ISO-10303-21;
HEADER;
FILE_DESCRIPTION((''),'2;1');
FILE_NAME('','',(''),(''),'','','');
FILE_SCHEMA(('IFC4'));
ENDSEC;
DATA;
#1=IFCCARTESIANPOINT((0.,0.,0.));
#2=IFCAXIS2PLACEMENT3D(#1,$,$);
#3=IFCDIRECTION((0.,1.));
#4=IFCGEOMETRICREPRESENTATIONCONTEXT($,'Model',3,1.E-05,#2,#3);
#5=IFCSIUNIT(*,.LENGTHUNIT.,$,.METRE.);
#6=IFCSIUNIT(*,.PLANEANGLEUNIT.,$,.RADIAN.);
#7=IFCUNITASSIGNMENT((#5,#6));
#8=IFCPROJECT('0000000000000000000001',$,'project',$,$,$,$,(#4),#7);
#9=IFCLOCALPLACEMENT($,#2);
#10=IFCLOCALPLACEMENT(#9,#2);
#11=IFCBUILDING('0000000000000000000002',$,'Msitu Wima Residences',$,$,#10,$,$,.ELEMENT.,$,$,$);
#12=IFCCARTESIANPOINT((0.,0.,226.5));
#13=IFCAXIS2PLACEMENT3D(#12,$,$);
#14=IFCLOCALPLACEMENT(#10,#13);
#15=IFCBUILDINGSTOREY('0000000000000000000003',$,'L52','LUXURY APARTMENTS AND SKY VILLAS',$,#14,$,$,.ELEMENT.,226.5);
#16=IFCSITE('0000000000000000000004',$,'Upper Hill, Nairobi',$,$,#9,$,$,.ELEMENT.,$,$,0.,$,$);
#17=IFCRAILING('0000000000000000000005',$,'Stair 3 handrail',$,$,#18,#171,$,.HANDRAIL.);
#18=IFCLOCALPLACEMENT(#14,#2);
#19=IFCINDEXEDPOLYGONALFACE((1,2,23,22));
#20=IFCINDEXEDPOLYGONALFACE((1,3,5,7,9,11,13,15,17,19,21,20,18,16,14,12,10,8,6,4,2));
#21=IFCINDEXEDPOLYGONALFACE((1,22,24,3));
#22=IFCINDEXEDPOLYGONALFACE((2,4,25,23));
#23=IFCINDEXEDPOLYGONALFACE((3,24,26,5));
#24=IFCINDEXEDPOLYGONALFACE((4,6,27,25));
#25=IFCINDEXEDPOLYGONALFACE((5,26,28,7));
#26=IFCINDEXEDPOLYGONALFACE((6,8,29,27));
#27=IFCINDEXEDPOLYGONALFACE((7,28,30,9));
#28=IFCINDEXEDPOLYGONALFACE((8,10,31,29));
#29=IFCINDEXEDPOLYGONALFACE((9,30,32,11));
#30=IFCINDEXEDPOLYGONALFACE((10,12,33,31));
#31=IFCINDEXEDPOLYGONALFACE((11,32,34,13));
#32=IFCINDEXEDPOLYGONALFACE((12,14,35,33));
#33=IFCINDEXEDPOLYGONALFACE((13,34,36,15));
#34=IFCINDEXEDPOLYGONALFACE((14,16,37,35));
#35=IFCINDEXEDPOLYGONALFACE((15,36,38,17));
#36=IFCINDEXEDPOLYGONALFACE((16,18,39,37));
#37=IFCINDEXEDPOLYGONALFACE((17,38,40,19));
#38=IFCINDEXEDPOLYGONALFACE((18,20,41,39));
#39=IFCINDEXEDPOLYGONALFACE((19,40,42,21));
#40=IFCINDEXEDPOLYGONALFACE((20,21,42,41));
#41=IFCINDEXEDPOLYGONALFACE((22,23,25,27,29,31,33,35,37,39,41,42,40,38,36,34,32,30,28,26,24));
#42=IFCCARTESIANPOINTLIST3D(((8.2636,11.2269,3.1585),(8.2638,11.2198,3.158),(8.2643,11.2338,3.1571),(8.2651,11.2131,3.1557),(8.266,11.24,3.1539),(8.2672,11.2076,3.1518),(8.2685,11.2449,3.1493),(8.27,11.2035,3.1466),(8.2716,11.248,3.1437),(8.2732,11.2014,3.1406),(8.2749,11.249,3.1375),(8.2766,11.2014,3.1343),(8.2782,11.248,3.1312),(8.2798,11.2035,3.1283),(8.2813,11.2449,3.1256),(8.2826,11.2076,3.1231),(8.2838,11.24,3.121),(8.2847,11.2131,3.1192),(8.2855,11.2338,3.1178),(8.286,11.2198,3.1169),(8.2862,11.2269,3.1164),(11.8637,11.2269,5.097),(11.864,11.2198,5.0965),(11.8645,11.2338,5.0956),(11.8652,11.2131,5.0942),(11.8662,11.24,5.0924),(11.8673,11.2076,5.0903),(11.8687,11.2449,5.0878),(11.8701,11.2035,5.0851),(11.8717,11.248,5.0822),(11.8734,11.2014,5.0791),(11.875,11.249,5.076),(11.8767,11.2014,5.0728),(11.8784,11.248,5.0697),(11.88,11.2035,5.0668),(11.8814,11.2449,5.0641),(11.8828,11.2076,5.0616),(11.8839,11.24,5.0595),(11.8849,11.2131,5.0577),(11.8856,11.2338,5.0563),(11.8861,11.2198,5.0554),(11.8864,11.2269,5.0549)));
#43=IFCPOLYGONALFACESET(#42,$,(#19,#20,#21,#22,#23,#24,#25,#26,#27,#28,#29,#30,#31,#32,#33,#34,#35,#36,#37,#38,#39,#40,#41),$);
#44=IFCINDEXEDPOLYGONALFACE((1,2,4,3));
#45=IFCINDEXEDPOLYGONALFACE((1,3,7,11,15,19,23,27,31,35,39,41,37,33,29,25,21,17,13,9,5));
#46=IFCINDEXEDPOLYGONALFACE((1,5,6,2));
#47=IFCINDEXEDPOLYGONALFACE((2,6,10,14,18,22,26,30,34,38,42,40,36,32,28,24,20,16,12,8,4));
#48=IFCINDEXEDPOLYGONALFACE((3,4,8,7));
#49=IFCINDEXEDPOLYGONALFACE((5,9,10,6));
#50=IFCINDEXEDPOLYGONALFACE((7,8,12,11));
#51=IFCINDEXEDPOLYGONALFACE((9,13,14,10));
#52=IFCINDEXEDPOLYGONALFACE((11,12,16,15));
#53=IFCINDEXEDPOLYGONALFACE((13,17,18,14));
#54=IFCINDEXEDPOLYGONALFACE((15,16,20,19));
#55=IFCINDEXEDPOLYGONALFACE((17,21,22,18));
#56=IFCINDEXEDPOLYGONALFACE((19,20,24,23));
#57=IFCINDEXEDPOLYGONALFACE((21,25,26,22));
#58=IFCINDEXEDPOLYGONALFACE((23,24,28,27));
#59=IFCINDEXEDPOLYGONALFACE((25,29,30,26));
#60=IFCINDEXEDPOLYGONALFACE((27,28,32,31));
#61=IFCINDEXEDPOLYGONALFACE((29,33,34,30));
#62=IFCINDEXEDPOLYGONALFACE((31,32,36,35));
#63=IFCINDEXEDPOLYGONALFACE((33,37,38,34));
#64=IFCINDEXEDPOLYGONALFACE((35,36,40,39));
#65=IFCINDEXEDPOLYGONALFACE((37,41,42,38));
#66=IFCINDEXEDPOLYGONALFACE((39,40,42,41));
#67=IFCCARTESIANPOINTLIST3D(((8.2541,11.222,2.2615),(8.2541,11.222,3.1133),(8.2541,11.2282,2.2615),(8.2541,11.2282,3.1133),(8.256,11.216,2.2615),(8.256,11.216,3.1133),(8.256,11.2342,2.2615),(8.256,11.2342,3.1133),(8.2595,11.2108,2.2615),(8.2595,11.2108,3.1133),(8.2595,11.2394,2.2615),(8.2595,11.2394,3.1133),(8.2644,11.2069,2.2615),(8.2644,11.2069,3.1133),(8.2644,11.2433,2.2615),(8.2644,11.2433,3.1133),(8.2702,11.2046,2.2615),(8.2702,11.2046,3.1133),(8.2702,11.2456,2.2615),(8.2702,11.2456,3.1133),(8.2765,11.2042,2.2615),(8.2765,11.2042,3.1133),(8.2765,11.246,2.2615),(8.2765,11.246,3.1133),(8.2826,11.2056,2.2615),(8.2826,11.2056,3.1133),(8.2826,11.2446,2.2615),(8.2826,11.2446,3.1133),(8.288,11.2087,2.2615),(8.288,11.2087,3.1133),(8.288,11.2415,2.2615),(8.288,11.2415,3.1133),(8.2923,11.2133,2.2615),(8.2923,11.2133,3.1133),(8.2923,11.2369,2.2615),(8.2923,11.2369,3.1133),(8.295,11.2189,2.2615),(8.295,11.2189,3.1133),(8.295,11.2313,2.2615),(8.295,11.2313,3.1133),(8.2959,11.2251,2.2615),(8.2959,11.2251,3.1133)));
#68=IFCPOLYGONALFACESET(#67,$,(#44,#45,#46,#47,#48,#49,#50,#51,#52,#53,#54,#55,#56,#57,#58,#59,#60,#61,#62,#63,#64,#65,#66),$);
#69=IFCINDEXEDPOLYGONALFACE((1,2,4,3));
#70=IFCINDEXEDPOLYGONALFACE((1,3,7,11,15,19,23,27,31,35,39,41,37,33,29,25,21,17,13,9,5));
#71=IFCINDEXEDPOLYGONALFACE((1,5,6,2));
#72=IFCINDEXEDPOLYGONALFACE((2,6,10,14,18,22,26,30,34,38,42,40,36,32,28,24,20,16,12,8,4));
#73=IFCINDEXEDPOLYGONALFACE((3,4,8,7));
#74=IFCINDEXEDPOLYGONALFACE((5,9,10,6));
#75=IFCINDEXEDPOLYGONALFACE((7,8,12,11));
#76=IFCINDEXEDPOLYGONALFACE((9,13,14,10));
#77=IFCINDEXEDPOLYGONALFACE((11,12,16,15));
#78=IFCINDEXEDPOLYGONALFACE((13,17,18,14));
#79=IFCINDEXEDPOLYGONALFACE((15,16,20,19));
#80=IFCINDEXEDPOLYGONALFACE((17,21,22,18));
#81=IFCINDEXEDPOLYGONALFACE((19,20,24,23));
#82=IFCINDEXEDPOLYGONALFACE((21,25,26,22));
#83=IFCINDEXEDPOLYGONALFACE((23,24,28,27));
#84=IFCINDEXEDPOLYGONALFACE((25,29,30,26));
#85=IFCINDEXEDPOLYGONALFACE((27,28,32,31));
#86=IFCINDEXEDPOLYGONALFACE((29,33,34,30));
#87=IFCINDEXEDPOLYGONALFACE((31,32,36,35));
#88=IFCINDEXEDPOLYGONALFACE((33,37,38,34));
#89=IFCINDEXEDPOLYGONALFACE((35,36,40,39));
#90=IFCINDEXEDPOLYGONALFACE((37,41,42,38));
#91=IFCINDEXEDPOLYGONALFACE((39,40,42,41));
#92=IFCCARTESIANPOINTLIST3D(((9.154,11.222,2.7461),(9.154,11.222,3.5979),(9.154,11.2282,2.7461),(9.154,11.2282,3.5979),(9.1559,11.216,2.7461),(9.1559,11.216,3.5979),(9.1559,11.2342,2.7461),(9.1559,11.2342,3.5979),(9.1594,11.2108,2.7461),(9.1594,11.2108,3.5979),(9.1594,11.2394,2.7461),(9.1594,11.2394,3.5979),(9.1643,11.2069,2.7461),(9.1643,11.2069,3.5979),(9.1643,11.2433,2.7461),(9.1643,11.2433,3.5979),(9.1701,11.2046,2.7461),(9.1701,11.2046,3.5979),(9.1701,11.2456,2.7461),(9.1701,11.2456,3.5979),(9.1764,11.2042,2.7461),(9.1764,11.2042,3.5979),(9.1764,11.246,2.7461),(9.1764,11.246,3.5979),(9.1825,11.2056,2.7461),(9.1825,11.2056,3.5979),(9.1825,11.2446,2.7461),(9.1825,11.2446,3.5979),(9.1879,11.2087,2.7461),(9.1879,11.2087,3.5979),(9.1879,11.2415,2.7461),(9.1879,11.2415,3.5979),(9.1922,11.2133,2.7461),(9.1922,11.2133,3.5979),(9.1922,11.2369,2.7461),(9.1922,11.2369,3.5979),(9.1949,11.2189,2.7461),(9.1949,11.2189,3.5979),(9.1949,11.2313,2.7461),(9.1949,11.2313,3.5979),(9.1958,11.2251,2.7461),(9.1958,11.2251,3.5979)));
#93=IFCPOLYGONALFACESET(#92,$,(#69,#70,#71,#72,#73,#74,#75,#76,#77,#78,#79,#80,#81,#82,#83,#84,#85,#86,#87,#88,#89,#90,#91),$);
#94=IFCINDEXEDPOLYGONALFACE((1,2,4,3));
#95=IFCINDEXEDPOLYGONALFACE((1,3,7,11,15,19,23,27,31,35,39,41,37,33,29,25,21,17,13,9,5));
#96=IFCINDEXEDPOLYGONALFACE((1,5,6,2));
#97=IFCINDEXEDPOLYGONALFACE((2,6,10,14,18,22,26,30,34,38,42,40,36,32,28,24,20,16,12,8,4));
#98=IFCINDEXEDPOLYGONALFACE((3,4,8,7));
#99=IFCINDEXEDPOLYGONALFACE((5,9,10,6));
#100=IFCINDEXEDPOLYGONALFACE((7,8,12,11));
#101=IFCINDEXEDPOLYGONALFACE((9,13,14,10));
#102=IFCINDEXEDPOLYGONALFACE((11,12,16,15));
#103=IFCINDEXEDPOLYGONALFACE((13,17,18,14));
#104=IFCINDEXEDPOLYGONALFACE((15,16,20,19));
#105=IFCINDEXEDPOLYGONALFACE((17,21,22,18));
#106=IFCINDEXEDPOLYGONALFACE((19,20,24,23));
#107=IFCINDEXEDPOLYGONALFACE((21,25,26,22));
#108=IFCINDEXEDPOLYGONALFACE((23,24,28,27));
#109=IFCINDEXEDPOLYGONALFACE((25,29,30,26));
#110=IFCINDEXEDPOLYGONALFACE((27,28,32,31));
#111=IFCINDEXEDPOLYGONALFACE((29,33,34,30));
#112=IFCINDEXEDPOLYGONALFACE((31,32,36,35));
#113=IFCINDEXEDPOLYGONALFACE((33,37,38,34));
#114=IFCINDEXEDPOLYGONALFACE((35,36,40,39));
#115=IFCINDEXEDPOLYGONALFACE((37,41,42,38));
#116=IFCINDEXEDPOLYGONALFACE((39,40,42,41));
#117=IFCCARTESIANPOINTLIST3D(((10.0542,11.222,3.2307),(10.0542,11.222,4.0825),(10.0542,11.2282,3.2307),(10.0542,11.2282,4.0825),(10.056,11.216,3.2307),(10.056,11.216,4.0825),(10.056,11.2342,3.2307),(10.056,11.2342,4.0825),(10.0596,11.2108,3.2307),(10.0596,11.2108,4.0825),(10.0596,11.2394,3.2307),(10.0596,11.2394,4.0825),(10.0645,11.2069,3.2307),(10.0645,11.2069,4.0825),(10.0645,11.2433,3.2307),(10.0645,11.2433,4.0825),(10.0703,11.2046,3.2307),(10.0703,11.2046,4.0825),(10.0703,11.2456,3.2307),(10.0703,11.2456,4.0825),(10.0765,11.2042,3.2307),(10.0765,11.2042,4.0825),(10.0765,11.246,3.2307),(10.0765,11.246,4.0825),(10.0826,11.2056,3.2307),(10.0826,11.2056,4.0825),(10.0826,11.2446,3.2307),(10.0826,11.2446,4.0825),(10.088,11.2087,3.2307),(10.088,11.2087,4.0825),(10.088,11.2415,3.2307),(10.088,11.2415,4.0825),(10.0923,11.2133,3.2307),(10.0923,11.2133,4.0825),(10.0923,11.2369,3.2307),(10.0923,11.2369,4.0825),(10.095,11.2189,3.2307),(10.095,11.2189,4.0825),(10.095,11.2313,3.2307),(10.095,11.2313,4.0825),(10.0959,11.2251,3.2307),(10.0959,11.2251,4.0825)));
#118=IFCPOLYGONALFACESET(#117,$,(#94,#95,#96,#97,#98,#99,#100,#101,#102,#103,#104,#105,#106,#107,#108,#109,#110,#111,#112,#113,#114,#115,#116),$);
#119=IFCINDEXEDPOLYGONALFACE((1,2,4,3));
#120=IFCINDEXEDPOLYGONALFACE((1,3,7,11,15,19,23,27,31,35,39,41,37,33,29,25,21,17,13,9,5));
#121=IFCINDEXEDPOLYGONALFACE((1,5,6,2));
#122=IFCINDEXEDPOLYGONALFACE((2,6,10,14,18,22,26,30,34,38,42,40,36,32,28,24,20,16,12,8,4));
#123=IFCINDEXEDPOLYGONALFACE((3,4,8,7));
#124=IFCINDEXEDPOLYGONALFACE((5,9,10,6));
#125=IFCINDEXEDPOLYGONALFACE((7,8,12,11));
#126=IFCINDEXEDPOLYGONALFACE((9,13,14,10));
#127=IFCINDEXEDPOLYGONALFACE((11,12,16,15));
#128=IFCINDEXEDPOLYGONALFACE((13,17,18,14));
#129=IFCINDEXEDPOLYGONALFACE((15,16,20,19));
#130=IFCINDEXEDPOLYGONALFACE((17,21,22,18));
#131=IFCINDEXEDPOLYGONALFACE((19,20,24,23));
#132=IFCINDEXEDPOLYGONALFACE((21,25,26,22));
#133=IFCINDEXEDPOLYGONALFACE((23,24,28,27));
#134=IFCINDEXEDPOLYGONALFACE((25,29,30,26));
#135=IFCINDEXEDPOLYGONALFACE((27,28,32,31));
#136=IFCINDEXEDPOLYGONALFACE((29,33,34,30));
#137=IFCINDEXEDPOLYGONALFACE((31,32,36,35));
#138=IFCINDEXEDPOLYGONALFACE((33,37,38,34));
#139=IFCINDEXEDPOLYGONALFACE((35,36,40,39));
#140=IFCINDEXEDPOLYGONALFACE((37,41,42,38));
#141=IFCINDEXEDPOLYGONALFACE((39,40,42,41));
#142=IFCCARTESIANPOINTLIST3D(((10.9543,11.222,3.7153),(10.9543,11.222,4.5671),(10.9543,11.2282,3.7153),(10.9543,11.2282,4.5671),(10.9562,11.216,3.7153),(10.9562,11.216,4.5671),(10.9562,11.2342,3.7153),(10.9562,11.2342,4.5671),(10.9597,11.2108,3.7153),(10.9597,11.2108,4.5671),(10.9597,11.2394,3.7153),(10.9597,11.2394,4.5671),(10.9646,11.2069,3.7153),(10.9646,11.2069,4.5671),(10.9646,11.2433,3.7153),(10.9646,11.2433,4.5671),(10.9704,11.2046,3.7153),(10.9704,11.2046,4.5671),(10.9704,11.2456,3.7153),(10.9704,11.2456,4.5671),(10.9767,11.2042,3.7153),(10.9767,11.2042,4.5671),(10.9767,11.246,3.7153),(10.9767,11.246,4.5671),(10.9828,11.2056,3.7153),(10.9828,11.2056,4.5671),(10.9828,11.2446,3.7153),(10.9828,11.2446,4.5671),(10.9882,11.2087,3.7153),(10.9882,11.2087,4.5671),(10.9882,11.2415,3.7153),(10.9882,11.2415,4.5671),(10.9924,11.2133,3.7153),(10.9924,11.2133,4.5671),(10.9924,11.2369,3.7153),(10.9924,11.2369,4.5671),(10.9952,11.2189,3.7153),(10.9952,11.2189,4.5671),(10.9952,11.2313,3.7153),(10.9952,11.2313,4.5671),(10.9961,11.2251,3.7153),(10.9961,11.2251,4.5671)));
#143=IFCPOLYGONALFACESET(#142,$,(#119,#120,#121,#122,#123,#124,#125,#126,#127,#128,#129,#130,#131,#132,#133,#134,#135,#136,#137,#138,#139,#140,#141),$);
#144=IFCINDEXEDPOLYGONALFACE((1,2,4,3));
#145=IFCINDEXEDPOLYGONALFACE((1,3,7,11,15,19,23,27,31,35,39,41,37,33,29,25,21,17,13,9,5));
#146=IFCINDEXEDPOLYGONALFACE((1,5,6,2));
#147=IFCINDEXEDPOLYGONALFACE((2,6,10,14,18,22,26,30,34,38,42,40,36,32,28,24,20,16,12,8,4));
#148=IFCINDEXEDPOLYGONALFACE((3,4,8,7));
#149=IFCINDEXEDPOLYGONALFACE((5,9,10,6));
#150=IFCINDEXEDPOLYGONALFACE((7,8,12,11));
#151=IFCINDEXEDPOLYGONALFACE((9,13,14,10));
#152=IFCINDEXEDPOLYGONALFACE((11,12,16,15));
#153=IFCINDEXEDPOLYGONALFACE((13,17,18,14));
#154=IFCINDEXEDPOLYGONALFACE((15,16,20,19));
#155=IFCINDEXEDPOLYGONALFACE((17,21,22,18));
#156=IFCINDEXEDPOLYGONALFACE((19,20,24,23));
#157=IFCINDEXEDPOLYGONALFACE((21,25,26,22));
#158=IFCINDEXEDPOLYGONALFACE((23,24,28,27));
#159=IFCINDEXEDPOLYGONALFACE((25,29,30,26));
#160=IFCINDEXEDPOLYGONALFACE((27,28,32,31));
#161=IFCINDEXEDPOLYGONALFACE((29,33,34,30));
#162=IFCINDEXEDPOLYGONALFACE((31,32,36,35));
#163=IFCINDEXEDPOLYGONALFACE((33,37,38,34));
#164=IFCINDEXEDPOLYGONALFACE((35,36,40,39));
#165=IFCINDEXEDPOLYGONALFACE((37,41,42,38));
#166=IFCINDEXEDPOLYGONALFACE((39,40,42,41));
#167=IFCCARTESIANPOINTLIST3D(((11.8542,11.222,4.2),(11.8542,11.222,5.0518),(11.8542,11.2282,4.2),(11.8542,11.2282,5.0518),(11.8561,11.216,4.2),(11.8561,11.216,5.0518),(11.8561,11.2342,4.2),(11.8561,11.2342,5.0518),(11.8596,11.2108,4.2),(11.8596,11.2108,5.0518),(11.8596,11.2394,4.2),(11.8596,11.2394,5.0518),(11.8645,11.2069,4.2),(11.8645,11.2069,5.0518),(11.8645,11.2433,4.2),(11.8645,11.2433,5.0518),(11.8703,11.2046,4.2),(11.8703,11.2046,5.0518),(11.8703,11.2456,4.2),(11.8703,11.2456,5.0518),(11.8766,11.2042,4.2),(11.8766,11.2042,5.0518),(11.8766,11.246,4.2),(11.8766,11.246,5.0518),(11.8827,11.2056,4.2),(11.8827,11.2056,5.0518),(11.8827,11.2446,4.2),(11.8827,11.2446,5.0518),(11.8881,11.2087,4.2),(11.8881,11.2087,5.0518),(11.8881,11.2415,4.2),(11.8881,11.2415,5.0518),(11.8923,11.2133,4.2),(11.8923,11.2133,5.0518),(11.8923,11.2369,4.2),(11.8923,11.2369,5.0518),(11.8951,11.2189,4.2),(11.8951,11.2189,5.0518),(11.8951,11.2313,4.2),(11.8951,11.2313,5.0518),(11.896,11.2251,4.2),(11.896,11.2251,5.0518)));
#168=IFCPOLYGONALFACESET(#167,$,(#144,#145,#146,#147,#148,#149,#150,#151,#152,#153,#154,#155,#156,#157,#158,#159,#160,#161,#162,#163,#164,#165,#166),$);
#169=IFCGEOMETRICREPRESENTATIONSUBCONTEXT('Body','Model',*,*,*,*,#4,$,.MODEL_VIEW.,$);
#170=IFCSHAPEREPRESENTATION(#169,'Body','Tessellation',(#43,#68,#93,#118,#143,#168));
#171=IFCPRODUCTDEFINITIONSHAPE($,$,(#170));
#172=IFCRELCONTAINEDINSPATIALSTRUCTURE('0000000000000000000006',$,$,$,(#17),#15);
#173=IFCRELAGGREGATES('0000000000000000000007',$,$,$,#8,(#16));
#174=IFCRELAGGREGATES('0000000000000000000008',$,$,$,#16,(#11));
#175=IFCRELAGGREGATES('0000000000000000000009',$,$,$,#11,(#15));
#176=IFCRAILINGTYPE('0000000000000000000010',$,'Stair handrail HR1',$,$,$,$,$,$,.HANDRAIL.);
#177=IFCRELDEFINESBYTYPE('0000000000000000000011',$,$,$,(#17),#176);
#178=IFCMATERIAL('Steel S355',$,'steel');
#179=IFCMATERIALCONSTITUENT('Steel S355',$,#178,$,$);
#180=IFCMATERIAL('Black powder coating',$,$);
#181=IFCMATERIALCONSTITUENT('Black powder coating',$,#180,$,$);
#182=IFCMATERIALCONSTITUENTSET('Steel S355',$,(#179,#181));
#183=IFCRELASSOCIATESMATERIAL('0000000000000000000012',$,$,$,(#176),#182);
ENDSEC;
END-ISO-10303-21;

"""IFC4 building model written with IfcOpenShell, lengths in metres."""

from ifc_helpers import new_model, si_unit, direction, frame, origin, origin_2d, place, context, subcontext, project, spatial, circle, extrude, material, constituent, constituent_set, type_object, element, save


model = new_model("IFC4")

# Units and contexts
model_context = context("Model", 3, precision=1e-05, world=origin(), true_north=direction((0.0, 1.0)))
body_context = subcontext(model_context, "Body", "Model", "MODEL_VIEW")
ifc_project = project(units=[si_unit("LENGTHUNIT", "METRE"), si_unit("PLANEANGLEUNIT", "RADIAN")], contexts=[model_context])

# Site, building, storey
site_placement = place(None, origin())
site = spatial("IfcSite", under=ifc_project, at=site_placement, Name="Upper Hill, Nairobi", CompositionType="ELEMENT", RefElevation=0.0)
building_placement = place(site_placement, origin())
building = spatial("IfcBuilding", under=site, at=building_placement, Name="Msitu Wima Residences", CompositionType="ELEMENT")
storey_placement = place(building_placement, frame((0.0, 0.0, 226.5)))
storey = spatial("IfcBuildingStorey", under=building, at=storey_placement, Name="L52", Description="LUXURY APARTMENTS AND SKY VILLAS", CompositionType="ELEMENT", Elevation=226.5)

# Railing
ifc_material_1 = material(Name="Steel S355", Category="steel")
ifc_constituent_1 = constituent(ifc_material_1, Name="Steel S355")
ifc_material_2 = material(Name="Black powder coating")
ifc_constituent_2 = constituent(ifc_material_2, Name="Black powder coating")
ifc_constituent_set = constituent_set(constituents=[ifc_constituent_1, ifc_constituent_2], Name="Steel S355")
railing_type = type_object("IfcRailingType", Name="Stair handrail HR1", PredefinedType="HANDRAIL", material=ifc_constituent_set)
for number, where, name in (
    (1, (8.2749, 11.2251, 2.2615), "Stair 3 handrail"),
):
    element("IfcRailing", number, at=place(storey_placement, frame(where)), inside=storey, type_object=railing_type, Name=name, PredefinedType="HANDRAIL", context=body_context, shape_type="SweptSolid", body=[
        extrude(circle(Radius=0.0239, at=origin_2d()), frame((0.0, 0.0, 0.876), z_axis=(0.880475, 0.0, 0.474093), x_axis=(0.0, 1.0, 0.0)), (0.0, 0.0, 1.0), 4.0889),
        extrude(circle(Radius=0.021, at=origin_2d()), origin(), (0.0, 0.0, 1.0), 0.8518),
        extrude(circle(Radius=0.021, at=origin_2d()), frame((0.8999, 0.0, 0.4846)), (0.0, 0.0, 1.0), 0.8518),
        extrude(circle(Radius=0.021, at=origin_2d()), frame((1.8, 0.0, 0.9692)), (0.0, 0.0, 1.0), 0.8518),
        extrude(circle(Radius=0.021, at=origin_2d()), frame((2.7002, 0.0, 1.4539)), (0.0, 0.0, 1.0), 0.8518),
        extrude(circle(Radius=0.021, at=origin_2d()), frame((3.6001, 0.0, 1.9385)), (0.0, 0.0, 1.0), 0.8518),
    ])

save(model, "model.ifc")
